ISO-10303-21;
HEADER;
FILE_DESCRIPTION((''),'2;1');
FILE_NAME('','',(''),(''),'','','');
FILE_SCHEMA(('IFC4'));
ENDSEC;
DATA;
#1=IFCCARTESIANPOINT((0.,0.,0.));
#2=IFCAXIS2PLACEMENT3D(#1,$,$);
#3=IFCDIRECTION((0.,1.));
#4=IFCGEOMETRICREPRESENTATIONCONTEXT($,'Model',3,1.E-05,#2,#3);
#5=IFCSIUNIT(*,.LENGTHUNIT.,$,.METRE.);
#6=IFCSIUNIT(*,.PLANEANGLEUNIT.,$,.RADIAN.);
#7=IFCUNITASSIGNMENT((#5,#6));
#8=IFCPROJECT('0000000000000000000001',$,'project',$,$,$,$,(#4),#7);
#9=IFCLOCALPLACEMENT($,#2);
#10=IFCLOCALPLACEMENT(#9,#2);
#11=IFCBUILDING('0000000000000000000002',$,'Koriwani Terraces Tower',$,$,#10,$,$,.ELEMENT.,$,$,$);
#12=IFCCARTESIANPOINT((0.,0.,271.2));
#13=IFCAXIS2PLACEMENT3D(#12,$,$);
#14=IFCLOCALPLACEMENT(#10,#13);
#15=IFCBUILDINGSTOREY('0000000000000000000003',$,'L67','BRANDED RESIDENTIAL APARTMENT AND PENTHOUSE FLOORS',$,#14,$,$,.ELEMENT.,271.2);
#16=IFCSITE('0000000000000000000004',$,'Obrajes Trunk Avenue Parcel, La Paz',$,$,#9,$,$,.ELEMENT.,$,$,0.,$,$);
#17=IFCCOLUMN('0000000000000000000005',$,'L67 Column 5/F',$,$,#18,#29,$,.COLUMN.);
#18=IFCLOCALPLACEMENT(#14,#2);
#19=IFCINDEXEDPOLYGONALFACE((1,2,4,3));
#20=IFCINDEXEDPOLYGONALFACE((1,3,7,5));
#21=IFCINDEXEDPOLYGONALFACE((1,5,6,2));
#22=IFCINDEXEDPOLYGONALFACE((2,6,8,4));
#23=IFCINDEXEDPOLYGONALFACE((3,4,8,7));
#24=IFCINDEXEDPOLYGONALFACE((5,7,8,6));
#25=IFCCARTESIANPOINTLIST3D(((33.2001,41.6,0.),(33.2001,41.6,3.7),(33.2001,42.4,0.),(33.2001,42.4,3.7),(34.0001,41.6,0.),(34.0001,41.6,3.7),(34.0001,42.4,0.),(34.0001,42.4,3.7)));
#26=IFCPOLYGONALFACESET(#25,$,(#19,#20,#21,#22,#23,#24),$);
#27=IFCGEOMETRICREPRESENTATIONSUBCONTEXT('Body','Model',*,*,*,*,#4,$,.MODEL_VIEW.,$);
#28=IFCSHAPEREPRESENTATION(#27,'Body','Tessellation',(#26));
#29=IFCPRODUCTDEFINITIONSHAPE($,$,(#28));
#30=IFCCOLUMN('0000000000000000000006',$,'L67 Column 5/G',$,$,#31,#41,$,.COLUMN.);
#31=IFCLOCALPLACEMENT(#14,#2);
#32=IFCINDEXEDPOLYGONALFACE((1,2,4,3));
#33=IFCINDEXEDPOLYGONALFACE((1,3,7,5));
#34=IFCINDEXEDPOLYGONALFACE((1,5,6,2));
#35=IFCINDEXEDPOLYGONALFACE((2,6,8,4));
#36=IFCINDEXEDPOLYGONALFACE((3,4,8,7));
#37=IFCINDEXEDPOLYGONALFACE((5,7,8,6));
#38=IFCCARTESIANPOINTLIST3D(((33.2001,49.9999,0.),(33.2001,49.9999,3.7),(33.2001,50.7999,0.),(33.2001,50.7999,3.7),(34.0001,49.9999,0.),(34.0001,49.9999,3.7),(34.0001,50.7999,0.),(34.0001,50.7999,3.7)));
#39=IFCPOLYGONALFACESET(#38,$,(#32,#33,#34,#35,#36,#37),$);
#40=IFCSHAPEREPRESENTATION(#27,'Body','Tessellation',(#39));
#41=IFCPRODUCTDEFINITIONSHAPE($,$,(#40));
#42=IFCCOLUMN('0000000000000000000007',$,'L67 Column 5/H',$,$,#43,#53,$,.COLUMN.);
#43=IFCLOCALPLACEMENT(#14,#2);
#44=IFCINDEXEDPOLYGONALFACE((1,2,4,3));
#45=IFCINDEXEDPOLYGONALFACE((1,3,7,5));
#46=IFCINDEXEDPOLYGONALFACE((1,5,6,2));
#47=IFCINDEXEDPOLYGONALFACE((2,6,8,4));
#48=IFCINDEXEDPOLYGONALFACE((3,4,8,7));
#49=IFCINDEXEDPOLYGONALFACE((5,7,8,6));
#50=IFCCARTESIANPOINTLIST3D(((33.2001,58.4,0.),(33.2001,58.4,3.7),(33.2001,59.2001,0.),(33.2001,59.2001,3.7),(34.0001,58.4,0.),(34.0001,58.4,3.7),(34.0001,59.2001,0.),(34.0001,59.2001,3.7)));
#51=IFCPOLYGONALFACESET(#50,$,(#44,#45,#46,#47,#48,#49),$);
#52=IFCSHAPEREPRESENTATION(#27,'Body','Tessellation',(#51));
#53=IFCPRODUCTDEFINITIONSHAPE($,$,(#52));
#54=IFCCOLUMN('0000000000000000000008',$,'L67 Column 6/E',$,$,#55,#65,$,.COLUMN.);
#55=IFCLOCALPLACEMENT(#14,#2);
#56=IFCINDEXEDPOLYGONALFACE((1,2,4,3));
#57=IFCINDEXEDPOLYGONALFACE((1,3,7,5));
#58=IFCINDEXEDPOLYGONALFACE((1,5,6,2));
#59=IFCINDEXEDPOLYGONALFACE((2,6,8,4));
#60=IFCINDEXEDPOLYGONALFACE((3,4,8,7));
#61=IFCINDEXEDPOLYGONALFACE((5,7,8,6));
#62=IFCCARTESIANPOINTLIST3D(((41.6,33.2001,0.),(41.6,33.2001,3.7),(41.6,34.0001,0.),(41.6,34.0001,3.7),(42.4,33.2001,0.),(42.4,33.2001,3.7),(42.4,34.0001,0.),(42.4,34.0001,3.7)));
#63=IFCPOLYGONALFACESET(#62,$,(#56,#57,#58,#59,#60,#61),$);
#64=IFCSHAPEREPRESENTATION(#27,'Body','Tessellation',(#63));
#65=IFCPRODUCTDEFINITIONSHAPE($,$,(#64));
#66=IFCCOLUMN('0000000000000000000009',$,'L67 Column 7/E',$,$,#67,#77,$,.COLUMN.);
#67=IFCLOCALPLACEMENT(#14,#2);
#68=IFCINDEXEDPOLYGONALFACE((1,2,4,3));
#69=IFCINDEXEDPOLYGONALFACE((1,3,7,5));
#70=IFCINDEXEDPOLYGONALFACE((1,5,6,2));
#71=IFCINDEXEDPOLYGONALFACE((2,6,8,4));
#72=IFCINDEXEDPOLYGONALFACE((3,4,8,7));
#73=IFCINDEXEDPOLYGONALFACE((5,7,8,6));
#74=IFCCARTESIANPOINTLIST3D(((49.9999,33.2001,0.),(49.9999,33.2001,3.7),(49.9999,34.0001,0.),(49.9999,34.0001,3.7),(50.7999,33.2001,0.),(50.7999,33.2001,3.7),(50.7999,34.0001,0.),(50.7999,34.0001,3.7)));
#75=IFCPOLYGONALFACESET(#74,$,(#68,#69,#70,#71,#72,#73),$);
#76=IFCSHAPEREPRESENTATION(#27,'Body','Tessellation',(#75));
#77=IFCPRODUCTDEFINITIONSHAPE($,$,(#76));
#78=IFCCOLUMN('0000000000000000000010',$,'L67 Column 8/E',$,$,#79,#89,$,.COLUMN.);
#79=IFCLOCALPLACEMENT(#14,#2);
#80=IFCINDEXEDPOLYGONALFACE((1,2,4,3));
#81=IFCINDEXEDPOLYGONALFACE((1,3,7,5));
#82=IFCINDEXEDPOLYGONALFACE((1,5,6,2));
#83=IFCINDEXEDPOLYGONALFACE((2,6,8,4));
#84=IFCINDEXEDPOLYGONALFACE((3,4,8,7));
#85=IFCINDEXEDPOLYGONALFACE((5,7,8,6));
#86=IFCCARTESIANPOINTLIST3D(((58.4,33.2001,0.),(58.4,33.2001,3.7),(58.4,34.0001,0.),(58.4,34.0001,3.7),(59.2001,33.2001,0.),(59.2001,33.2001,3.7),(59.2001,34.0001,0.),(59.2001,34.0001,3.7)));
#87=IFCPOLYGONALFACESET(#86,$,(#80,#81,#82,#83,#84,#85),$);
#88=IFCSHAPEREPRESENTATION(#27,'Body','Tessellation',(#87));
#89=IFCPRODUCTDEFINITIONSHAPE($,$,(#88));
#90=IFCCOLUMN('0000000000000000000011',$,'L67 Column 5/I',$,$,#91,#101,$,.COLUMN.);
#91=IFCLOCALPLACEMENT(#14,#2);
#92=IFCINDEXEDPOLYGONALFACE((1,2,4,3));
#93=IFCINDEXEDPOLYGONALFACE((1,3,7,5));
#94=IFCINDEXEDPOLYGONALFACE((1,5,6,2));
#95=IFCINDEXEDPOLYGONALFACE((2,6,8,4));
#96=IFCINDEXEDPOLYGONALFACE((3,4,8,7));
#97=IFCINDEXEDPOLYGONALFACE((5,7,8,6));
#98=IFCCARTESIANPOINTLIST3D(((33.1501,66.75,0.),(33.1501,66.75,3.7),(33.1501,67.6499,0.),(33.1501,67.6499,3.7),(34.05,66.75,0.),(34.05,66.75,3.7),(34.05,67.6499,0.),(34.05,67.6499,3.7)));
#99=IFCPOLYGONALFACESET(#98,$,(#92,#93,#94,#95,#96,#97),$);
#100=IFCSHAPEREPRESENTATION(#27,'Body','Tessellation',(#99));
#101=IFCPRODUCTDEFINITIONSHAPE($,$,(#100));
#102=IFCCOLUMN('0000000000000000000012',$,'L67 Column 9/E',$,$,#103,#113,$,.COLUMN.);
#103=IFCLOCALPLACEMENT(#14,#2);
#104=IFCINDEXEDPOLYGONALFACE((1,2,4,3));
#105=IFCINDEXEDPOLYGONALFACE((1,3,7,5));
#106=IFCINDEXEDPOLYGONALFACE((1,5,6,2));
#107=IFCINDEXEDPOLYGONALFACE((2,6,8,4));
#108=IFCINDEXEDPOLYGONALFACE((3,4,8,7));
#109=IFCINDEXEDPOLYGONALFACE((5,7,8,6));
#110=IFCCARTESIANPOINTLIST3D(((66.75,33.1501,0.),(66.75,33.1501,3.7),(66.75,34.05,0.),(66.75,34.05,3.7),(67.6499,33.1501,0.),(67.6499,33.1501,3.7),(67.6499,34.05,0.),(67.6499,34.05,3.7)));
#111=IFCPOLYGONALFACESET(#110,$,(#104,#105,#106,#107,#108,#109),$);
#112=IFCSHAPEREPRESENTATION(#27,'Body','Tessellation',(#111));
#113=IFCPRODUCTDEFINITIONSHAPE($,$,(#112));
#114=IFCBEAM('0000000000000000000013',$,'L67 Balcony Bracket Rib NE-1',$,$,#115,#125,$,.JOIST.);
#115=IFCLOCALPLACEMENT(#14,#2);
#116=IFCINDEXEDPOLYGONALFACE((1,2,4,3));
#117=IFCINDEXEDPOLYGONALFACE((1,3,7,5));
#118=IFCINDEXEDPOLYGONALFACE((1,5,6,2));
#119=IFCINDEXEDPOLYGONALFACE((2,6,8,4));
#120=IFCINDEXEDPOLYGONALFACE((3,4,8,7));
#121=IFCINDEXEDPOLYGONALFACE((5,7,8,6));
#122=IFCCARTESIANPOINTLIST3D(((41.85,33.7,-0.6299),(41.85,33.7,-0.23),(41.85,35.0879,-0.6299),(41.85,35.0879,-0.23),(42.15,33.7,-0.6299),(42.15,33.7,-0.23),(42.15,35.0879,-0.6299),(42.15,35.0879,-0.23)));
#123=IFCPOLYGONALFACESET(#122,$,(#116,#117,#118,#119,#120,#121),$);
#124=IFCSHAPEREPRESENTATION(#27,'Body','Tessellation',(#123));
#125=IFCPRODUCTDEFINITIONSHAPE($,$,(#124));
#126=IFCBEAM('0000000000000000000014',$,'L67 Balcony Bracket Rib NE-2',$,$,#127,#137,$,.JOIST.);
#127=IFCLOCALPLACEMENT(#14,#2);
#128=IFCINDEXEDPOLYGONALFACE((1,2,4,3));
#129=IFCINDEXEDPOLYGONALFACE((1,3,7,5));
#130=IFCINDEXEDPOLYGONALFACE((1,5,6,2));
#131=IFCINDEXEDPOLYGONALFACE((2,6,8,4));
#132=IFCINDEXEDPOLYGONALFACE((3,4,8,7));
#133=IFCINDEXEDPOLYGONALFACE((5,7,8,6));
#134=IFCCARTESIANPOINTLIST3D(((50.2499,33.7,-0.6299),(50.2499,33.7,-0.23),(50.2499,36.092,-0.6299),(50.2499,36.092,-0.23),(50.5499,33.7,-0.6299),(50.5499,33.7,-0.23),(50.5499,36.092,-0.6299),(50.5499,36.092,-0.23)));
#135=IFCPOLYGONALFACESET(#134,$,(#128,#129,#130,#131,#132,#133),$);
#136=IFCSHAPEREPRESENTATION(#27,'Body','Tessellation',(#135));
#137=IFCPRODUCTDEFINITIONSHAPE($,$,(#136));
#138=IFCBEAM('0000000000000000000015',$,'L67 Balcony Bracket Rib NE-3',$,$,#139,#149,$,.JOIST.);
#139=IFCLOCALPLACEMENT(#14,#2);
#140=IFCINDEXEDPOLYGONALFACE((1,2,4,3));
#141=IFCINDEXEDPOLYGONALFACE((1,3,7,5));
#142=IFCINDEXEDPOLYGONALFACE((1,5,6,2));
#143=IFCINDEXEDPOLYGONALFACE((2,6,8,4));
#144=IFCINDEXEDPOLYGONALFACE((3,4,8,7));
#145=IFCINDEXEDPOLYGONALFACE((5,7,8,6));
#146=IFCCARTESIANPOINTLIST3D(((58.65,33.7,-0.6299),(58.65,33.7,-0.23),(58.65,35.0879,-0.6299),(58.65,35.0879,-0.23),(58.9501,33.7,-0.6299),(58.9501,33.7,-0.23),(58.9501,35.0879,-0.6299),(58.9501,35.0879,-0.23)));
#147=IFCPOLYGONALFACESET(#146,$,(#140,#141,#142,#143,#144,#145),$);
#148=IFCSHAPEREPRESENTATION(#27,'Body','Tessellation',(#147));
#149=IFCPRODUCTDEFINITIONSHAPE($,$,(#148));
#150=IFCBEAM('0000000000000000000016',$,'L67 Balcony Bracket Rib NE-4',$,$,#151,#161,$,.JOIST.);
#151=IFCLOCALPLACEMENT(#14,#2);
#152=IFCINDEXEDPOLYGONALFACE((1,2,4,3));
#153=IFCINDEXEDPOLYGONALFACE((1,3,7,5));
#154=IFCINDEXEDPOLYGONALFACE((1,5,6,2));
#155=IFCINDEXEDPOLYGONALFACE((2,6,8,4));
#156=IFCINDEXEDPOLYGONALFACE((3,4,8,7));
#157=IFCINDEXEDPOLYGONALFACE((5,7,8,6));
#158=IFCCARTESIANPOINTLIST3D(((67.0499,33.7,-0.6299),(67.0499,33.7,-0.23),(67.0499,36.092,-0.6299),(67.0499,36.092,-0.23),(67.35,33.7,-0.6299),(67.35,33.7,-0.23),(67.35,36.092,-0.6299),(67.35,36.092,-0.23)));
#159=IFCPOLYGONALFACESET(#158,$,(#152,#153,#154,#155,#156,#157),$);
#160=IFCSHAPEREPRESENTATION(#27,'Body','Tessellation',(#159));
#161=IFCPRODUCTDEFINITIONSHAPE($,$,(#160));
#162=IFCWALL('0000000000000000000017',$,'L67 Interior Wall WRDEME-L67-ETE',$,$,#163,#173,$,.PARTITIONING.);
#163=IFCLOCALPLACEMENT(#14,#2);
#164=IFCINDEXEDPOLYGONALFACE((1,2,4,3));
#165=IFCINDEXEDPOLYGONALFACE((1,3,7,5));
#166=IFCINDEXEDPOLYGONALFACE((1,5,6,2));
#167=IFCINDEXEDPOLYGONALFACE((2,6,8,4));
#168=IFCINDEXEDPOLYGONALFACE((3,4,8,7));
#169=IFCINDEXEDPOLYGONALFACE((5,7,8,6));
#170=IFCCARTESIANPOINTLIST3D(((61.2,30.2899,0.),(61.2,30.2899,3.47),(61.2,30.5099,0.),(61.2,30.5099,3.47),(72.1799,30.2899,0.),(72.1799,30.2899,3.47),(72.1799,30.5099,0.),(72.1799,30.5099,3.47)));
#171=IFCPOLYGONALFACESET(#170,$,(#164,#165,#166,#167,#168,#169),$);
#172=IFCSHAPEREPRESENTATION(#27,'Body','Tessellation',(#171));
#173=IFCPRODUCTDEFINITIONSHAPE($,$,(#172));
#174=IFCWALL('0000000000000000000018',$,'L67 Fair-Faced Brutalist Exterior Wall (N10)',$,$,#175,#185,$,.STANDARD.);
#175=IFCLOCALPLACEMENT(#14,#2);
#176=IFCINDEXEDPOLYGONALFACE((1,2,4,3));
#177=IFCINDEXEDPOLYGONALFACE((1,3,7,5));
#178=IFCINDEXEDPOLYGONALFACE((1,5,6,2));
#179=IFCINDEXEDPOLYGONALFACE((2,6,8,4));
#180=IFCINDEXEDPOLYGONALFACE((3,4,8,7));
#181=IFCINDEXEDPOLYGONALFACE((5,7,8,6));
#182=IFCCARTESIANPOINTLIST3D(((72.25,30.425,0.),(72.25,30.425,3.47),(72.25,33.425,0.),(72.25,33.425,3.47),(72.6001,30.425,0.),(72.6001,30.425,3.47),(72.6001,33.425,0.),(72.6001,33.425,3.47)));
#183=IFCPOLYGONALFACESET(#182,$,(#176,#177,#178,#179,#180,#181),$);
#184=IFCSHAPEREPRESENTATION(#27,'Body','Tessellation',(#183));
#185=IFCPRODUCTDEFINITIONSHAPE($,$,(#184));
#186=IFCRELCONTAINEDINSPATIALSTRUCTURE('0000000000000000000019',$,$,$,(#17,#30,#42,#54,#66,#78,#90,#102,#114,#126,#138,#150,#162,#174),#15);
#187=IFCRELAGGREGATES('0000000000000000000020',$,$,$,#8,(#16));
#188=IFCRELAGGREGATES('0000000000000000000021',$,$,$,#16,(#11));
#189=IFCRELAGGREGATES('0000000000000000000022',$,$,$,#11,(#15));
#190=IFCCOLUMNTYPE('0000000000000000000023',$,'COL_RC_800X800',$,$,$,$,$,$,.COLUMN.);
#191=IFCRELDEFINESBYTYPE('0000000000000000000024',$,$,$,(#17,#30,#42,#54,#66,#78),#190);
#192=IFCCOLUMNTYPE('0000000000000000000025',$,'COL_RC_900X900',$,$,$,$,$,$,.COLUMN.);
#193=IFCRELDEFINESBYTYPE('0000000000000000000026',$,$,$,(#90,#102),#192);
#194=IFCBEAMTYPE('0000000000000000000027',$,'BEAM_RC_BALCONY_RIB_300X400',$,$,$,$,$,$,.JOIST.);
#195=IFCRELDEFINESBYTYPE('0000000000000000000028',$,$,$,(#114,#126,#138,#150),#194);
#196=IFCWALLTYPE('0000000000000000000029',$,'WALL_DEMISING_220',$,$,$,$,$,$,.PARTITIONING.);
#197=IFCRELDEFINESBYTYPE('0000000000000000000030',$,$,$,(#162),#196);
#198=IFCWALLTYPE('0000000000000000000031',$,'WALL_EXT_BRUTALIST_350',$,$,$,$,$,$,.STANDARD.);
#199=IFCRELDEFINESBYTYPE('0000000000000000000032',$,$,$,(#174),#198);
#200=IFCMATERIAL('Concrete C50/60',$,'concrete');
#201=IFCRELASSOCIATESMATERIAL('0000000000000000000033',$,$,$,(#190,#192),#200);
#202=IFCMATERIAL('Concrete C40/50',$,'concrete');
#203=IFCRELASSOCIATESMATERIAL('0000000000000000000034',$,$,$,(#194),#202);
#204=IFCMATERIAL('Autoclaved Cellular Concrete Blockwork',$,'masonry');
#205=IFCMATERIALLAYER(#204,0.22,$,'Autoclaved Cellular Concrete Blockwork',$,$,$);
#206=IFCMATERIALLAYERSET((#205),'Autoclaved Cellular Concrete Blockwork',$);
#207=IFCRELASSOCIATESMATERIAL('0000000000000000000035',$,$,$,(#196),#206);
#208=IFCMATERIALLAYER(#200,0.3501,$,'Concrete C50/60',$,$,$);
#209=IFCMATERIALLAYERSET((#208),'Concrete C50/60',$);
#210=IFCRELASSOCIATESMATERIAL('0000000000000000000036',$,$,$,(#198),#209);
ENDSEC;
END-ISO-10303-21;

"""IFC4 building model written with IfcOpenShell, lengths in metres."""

from ifc_helpers import new_model, si_unit, direction, frame, frame_2d, origin, origin_2d, place, context, subcontext, project, spatial, rectangle, extrude, material, layer, layer_set, material_profile, profile_set, type_object, element, save


model = new_model("IFC4")

# Units and contexts
model_context = context("Model", 3, precision=1e-05, world=origin(), true_north=direction((0.0, 1.0)))
body_context = subcontext(model_context, "Body", "Model", "MODEL_VIEW")
ifc_project = project(units=[si_unit("LENGTHUNIT", "METRE"), si_unit("PLANEANGLEUNIT", "RADIAN")], contexts=[model_context])

# Site, building, storey
site_placement = place(None, origin())
site = spatial("IfcSite", under=ifc_project, at=site_placement, Name="Obrajes Trunk Avenue Parcel, La Paz", CompositionType="ELEMENT", RefElevation=0.0)
building_placement = place(site_placement, origin())
building = spatial("IfcBuilding", under=site, at=building_placement, Name="Koriwani Terraces Tower", CompositionType="ELEMENT")
storey_placement = place(building_placement, frame((0.0, 0.0, 271.2)))
storey = spatial("IfcBuildingStorey", under=building, at=storey_placement, Name="L67", Description="BRANDED RESIDENTIAL APARTMENT AND PENTHOUSE FLOORS", CompositionType="ELEMENT", Elevation=271.2)

# Columns
ifc_material_1 = material(Name="Concrete C50/60", Category="concrete")
ifc_material_profile_1 = material_profile(ifc_material_1, rectangle(XDim=0.8, YDim=0.8, at=origin_2d()), Name="Concrete C50/60", Category="LoadBearing")
ifc_profile_set_1 = profile_set([ifc_material_profile_1], Name="Concrete C50/60")
column_type_1 = type_object("IfcColumnType", Name="COL_RC_800X800", PredefinedType="COLUMN", material=ifc_profile_set_1)
for number, where, z_axis, x_axis, name in (
    (1, (33.6001, 42.0, 0.0), (0.0, 0.0, 1.0), (1.0, 0.0, 0.0), "L67 Column 5/F"),
    (2, (33.6001, 50.3999, 0.0), (0.0, 0.0, 1.0), (1.0, 0.0, 0.0), "L67 Column 5/G"),
    (3, (33.6001, 58.8, 0.0), (0.0, 0.0, 1.0), (1.0, 0.0, 0.0), "L67 Column 5/H"),
    (4, (42.0, 33.6001, 0.0), (0.0, 0.0, 1.0), (1.0, 0.0, 0.0), "L67 Column 6/E"),
    (5, (50.3999, 33.6001, 0.0), (0.0, 0.0, 1.0), (1.0, 0.0, 0.0), "L67 Column 7/E"),
    (6, (58.8, 33.6001, 0.0), (0.0, 0.0, 1.0), (1.0, 0.0, 0.0), "L67 Column 8/E"),
):
    element("IfcColumn", number, at=place(storey_placement, frame(where, z_axis=z_axis, x_axis=x_axis)), inside=storey, type_object=column_type_1, Name=name, PredefinedType="COLUMN", context=body_context, shape_type="SweptSolid", body=[
        extrude(rectangle(XDim=0.8, YDim=0.8, at=origin_2d()), origin(), (0.0, 0.0, 1.0), 3.7),
    ])
ifc_material_profile_2 = material_profile(ifc_material_1, rectangle(XDim=0.8999, YDim=0.8999, at=origin_2d()), Name="Concrete C50/60", Category="LoadBearing")
ifc_profile_set_2 = profile_set([ifc_material_profile_2], Name="Concrete C50/60")
column_type_2 = type_object("IfcColumnType", Name="COL_RC_900X900", PredefinedType="COLUMN", material=ifc_profile_set_2)
for number, where, z_axis, x_axis, name in (
    (7, (33.6001, 67.2, 0.0), (0.0, 0.0, 1.0), (1.0, 0.0, 0.0), "L67 Column 5/I"),
    (8, (67.2, 33.6001, 0.0), (0.0, 0.0, 1.0), (1.0, 0.0, 0.0), "L67 Column 9/E"),
):
    element("IfcColumn", number, at=place(storey_placement, frame(where, z_axis=z_axis, x_axis=x_axis)), inside=storey, type_object=column_type_2, Name=name, PredefinedType="COLUMN", context=body_context, shape_type="SweptSolid", body=[
        extrude(rectangle(XDim=0.8999, YDim=0.8999, at=origin_2d()), origin(), (0.0, 0.0, 1.0), 3.7),
    ])

# Beams
ifc_material_2 = material(Name="Concrete C40/50", Category="concrete")
ifc_material_profile_3 = material_profile(ifc_material_2, rectangle(XDim=0.3, YDim=0.3999, at=origin_2d()), Name="Concrete C40/50", Category="LoadBearing")
ifc_profile_set_3 = profile_set([ifc_material_profile_3], Name="Concrete C40/50")
beam_type = type_object("IfcBeamType", Name="BEAM_RC_BALCONY_RIB_300X400", PredefinedType="JOIST", material=ifc_profile_set_3)
beam_1_placement = place(storey_placement, frame((42.0, 33.7, -0.4299), z_axis=(0.0, 1.0, 0.0), x_axis=(-1.0, 0.0, 0.0)))
element("IfcBeam", 9, at=beam_1_placement, inside=storey, type_object=beam_type, Name="L67 Balcony Bracket Rib NE-1", PredefinedType="JOIST", context=body_context, shape_type="SweptSolid", body=[
    extrude(rectangle(XDim=0.3, YDim=0.3999, at=origin_2d()), origin(), (0.0, 0.0, 1.0), 1.3879),
])
beam_2_placement = place(storey_placement, frame((50.3999, 33.7, -0.4299), z_axis=(0.0, 1.0, 0.0), x_axis=(-1.0, 0.0, 0.0)))
element("IfcBeam", 10, at=beam_2_placement, inside=storey, type_object=beam_type, Name="L67 Balcony Bracket Rib NE-2", PredefinedType="JOIST", context=body_context, shape_type="SweptSolid", body=[
    extrude(rectangle(XDim=0.3, YDim=0.3999, at=origin_2d()), origin(), (0.0, 0.0, 1.0), 2.3921),
])
beam_3_placement = place(storey_placement, frame((58.8, 33.7, -0.4299), z_axis=(0.0, 1.0, 0.0), x_axis=(-1.0, 0.0, 0.0)))
element("IfcBeam", 11, at=beam_3_placement, inside=storey, type_object=beam_type, Name="L67 Balcony Bracket Rib NE-3", PredefinedType="JOIST", context=body_context, shape_type="SweptSolid", body=[
    extrude(rectangle(XDim=0.3, YDim=0.3999, at=origin_2d()), origin(), (0.0, 0.0, 1.0), 1.3879),
])
beam_4_placement = place(storey_placement, frame((67.2, 33.7, -0.4299), z_axis=(0.0, 1.0, 0.0), x_axis=(-1.0, 0.0, 0.0)))
element("IfcBeam", 12, at=beam_4_placement, inside=storey, type_object=beam_type, Name="L67 Balcony Bracket Rib NE-4", PredefinedType="JOIST", context=body_context, shape_type="SweptSolid", body=[
    extrude(rectangle(XDim=0.3, YDim=0.3999, at=origin_2d()), origin(), (0.0, 0.0, 1.0), 2.3921),
])

# Walls
ifc_material_3 = material(Name="Autoclaved Cellular Concrete Blockwork", Category="masonry")
ifc_layer_1 = layer(ifc_material_3, 0.22, Name="Autoclaved Cellular Concrete Blockwork")
ifc_layer_set_1 = layer_set([ifc_layer_1], Name="Autoclaved Cellular Concrete Blockwork")
wall_type_1 = type_object("IfcWallType", Name="WALL_DEMISING_220", PredefinedType="PARTITIONING", material=ifc_layer_set_1)
wall_1_placement = place(storey_placement, frame((61.2, 30.3999, 0.0), z_axis=(0.0, 0.0, 1.0), x_axis=(1.0, 0.0, 0.0)))
element("IfcWall", 13, at=wall_1_placement, inside=storey, type_object=wall_type_1, Name="L67 Interior Wall WRDEME-L67-ETE", PredefinedType="PARTITIONING", context=body_context, shape_type="SweptSolid", body=[
    extrude(rectangle(XDim=10.98, YDim=0.22, at=frame_2d((5.49, 0.0))), origin(), (0.0, 0.0, 1.0), 3.47),
])
ifc_layer_2 = layer(ifc_material_1, 0.3501, Name="Concrete C50/60")
ifc_layer_set_2 = layer_set([ifc_layer_2], Name="Concrete C50/60")
wall_type_2 = type_object("IfcWallType", Name="WALL_EXT_BRUTALIST_350", PredefinedType="STANDARD", material=ifc_layer_set_2)
wall_2_placement = place(storey_placement, frame((72.425, 33.425, 0.0), z_axis=(0.0, 0.0, 1.0), x_axis=(0.0, -1.0, 0.0)))
element("IfcWall", 14, at=wall_2_placement, inside=storey, type_object=wall_type_2, Name="L67 Fair-Faced Brutalist Exterior Wall (N10)", PredefinedType="STANDARD", context=body_context, shape_type="SweptSolid", body=[
    extrude(rectangle(XDim=3.0, YDim=0.3501, at=frame_2d((1.5, 0.0))), origin(), (0.0, 0.0, 1.0), 3.47),
])

save(model, "model.ifc")
